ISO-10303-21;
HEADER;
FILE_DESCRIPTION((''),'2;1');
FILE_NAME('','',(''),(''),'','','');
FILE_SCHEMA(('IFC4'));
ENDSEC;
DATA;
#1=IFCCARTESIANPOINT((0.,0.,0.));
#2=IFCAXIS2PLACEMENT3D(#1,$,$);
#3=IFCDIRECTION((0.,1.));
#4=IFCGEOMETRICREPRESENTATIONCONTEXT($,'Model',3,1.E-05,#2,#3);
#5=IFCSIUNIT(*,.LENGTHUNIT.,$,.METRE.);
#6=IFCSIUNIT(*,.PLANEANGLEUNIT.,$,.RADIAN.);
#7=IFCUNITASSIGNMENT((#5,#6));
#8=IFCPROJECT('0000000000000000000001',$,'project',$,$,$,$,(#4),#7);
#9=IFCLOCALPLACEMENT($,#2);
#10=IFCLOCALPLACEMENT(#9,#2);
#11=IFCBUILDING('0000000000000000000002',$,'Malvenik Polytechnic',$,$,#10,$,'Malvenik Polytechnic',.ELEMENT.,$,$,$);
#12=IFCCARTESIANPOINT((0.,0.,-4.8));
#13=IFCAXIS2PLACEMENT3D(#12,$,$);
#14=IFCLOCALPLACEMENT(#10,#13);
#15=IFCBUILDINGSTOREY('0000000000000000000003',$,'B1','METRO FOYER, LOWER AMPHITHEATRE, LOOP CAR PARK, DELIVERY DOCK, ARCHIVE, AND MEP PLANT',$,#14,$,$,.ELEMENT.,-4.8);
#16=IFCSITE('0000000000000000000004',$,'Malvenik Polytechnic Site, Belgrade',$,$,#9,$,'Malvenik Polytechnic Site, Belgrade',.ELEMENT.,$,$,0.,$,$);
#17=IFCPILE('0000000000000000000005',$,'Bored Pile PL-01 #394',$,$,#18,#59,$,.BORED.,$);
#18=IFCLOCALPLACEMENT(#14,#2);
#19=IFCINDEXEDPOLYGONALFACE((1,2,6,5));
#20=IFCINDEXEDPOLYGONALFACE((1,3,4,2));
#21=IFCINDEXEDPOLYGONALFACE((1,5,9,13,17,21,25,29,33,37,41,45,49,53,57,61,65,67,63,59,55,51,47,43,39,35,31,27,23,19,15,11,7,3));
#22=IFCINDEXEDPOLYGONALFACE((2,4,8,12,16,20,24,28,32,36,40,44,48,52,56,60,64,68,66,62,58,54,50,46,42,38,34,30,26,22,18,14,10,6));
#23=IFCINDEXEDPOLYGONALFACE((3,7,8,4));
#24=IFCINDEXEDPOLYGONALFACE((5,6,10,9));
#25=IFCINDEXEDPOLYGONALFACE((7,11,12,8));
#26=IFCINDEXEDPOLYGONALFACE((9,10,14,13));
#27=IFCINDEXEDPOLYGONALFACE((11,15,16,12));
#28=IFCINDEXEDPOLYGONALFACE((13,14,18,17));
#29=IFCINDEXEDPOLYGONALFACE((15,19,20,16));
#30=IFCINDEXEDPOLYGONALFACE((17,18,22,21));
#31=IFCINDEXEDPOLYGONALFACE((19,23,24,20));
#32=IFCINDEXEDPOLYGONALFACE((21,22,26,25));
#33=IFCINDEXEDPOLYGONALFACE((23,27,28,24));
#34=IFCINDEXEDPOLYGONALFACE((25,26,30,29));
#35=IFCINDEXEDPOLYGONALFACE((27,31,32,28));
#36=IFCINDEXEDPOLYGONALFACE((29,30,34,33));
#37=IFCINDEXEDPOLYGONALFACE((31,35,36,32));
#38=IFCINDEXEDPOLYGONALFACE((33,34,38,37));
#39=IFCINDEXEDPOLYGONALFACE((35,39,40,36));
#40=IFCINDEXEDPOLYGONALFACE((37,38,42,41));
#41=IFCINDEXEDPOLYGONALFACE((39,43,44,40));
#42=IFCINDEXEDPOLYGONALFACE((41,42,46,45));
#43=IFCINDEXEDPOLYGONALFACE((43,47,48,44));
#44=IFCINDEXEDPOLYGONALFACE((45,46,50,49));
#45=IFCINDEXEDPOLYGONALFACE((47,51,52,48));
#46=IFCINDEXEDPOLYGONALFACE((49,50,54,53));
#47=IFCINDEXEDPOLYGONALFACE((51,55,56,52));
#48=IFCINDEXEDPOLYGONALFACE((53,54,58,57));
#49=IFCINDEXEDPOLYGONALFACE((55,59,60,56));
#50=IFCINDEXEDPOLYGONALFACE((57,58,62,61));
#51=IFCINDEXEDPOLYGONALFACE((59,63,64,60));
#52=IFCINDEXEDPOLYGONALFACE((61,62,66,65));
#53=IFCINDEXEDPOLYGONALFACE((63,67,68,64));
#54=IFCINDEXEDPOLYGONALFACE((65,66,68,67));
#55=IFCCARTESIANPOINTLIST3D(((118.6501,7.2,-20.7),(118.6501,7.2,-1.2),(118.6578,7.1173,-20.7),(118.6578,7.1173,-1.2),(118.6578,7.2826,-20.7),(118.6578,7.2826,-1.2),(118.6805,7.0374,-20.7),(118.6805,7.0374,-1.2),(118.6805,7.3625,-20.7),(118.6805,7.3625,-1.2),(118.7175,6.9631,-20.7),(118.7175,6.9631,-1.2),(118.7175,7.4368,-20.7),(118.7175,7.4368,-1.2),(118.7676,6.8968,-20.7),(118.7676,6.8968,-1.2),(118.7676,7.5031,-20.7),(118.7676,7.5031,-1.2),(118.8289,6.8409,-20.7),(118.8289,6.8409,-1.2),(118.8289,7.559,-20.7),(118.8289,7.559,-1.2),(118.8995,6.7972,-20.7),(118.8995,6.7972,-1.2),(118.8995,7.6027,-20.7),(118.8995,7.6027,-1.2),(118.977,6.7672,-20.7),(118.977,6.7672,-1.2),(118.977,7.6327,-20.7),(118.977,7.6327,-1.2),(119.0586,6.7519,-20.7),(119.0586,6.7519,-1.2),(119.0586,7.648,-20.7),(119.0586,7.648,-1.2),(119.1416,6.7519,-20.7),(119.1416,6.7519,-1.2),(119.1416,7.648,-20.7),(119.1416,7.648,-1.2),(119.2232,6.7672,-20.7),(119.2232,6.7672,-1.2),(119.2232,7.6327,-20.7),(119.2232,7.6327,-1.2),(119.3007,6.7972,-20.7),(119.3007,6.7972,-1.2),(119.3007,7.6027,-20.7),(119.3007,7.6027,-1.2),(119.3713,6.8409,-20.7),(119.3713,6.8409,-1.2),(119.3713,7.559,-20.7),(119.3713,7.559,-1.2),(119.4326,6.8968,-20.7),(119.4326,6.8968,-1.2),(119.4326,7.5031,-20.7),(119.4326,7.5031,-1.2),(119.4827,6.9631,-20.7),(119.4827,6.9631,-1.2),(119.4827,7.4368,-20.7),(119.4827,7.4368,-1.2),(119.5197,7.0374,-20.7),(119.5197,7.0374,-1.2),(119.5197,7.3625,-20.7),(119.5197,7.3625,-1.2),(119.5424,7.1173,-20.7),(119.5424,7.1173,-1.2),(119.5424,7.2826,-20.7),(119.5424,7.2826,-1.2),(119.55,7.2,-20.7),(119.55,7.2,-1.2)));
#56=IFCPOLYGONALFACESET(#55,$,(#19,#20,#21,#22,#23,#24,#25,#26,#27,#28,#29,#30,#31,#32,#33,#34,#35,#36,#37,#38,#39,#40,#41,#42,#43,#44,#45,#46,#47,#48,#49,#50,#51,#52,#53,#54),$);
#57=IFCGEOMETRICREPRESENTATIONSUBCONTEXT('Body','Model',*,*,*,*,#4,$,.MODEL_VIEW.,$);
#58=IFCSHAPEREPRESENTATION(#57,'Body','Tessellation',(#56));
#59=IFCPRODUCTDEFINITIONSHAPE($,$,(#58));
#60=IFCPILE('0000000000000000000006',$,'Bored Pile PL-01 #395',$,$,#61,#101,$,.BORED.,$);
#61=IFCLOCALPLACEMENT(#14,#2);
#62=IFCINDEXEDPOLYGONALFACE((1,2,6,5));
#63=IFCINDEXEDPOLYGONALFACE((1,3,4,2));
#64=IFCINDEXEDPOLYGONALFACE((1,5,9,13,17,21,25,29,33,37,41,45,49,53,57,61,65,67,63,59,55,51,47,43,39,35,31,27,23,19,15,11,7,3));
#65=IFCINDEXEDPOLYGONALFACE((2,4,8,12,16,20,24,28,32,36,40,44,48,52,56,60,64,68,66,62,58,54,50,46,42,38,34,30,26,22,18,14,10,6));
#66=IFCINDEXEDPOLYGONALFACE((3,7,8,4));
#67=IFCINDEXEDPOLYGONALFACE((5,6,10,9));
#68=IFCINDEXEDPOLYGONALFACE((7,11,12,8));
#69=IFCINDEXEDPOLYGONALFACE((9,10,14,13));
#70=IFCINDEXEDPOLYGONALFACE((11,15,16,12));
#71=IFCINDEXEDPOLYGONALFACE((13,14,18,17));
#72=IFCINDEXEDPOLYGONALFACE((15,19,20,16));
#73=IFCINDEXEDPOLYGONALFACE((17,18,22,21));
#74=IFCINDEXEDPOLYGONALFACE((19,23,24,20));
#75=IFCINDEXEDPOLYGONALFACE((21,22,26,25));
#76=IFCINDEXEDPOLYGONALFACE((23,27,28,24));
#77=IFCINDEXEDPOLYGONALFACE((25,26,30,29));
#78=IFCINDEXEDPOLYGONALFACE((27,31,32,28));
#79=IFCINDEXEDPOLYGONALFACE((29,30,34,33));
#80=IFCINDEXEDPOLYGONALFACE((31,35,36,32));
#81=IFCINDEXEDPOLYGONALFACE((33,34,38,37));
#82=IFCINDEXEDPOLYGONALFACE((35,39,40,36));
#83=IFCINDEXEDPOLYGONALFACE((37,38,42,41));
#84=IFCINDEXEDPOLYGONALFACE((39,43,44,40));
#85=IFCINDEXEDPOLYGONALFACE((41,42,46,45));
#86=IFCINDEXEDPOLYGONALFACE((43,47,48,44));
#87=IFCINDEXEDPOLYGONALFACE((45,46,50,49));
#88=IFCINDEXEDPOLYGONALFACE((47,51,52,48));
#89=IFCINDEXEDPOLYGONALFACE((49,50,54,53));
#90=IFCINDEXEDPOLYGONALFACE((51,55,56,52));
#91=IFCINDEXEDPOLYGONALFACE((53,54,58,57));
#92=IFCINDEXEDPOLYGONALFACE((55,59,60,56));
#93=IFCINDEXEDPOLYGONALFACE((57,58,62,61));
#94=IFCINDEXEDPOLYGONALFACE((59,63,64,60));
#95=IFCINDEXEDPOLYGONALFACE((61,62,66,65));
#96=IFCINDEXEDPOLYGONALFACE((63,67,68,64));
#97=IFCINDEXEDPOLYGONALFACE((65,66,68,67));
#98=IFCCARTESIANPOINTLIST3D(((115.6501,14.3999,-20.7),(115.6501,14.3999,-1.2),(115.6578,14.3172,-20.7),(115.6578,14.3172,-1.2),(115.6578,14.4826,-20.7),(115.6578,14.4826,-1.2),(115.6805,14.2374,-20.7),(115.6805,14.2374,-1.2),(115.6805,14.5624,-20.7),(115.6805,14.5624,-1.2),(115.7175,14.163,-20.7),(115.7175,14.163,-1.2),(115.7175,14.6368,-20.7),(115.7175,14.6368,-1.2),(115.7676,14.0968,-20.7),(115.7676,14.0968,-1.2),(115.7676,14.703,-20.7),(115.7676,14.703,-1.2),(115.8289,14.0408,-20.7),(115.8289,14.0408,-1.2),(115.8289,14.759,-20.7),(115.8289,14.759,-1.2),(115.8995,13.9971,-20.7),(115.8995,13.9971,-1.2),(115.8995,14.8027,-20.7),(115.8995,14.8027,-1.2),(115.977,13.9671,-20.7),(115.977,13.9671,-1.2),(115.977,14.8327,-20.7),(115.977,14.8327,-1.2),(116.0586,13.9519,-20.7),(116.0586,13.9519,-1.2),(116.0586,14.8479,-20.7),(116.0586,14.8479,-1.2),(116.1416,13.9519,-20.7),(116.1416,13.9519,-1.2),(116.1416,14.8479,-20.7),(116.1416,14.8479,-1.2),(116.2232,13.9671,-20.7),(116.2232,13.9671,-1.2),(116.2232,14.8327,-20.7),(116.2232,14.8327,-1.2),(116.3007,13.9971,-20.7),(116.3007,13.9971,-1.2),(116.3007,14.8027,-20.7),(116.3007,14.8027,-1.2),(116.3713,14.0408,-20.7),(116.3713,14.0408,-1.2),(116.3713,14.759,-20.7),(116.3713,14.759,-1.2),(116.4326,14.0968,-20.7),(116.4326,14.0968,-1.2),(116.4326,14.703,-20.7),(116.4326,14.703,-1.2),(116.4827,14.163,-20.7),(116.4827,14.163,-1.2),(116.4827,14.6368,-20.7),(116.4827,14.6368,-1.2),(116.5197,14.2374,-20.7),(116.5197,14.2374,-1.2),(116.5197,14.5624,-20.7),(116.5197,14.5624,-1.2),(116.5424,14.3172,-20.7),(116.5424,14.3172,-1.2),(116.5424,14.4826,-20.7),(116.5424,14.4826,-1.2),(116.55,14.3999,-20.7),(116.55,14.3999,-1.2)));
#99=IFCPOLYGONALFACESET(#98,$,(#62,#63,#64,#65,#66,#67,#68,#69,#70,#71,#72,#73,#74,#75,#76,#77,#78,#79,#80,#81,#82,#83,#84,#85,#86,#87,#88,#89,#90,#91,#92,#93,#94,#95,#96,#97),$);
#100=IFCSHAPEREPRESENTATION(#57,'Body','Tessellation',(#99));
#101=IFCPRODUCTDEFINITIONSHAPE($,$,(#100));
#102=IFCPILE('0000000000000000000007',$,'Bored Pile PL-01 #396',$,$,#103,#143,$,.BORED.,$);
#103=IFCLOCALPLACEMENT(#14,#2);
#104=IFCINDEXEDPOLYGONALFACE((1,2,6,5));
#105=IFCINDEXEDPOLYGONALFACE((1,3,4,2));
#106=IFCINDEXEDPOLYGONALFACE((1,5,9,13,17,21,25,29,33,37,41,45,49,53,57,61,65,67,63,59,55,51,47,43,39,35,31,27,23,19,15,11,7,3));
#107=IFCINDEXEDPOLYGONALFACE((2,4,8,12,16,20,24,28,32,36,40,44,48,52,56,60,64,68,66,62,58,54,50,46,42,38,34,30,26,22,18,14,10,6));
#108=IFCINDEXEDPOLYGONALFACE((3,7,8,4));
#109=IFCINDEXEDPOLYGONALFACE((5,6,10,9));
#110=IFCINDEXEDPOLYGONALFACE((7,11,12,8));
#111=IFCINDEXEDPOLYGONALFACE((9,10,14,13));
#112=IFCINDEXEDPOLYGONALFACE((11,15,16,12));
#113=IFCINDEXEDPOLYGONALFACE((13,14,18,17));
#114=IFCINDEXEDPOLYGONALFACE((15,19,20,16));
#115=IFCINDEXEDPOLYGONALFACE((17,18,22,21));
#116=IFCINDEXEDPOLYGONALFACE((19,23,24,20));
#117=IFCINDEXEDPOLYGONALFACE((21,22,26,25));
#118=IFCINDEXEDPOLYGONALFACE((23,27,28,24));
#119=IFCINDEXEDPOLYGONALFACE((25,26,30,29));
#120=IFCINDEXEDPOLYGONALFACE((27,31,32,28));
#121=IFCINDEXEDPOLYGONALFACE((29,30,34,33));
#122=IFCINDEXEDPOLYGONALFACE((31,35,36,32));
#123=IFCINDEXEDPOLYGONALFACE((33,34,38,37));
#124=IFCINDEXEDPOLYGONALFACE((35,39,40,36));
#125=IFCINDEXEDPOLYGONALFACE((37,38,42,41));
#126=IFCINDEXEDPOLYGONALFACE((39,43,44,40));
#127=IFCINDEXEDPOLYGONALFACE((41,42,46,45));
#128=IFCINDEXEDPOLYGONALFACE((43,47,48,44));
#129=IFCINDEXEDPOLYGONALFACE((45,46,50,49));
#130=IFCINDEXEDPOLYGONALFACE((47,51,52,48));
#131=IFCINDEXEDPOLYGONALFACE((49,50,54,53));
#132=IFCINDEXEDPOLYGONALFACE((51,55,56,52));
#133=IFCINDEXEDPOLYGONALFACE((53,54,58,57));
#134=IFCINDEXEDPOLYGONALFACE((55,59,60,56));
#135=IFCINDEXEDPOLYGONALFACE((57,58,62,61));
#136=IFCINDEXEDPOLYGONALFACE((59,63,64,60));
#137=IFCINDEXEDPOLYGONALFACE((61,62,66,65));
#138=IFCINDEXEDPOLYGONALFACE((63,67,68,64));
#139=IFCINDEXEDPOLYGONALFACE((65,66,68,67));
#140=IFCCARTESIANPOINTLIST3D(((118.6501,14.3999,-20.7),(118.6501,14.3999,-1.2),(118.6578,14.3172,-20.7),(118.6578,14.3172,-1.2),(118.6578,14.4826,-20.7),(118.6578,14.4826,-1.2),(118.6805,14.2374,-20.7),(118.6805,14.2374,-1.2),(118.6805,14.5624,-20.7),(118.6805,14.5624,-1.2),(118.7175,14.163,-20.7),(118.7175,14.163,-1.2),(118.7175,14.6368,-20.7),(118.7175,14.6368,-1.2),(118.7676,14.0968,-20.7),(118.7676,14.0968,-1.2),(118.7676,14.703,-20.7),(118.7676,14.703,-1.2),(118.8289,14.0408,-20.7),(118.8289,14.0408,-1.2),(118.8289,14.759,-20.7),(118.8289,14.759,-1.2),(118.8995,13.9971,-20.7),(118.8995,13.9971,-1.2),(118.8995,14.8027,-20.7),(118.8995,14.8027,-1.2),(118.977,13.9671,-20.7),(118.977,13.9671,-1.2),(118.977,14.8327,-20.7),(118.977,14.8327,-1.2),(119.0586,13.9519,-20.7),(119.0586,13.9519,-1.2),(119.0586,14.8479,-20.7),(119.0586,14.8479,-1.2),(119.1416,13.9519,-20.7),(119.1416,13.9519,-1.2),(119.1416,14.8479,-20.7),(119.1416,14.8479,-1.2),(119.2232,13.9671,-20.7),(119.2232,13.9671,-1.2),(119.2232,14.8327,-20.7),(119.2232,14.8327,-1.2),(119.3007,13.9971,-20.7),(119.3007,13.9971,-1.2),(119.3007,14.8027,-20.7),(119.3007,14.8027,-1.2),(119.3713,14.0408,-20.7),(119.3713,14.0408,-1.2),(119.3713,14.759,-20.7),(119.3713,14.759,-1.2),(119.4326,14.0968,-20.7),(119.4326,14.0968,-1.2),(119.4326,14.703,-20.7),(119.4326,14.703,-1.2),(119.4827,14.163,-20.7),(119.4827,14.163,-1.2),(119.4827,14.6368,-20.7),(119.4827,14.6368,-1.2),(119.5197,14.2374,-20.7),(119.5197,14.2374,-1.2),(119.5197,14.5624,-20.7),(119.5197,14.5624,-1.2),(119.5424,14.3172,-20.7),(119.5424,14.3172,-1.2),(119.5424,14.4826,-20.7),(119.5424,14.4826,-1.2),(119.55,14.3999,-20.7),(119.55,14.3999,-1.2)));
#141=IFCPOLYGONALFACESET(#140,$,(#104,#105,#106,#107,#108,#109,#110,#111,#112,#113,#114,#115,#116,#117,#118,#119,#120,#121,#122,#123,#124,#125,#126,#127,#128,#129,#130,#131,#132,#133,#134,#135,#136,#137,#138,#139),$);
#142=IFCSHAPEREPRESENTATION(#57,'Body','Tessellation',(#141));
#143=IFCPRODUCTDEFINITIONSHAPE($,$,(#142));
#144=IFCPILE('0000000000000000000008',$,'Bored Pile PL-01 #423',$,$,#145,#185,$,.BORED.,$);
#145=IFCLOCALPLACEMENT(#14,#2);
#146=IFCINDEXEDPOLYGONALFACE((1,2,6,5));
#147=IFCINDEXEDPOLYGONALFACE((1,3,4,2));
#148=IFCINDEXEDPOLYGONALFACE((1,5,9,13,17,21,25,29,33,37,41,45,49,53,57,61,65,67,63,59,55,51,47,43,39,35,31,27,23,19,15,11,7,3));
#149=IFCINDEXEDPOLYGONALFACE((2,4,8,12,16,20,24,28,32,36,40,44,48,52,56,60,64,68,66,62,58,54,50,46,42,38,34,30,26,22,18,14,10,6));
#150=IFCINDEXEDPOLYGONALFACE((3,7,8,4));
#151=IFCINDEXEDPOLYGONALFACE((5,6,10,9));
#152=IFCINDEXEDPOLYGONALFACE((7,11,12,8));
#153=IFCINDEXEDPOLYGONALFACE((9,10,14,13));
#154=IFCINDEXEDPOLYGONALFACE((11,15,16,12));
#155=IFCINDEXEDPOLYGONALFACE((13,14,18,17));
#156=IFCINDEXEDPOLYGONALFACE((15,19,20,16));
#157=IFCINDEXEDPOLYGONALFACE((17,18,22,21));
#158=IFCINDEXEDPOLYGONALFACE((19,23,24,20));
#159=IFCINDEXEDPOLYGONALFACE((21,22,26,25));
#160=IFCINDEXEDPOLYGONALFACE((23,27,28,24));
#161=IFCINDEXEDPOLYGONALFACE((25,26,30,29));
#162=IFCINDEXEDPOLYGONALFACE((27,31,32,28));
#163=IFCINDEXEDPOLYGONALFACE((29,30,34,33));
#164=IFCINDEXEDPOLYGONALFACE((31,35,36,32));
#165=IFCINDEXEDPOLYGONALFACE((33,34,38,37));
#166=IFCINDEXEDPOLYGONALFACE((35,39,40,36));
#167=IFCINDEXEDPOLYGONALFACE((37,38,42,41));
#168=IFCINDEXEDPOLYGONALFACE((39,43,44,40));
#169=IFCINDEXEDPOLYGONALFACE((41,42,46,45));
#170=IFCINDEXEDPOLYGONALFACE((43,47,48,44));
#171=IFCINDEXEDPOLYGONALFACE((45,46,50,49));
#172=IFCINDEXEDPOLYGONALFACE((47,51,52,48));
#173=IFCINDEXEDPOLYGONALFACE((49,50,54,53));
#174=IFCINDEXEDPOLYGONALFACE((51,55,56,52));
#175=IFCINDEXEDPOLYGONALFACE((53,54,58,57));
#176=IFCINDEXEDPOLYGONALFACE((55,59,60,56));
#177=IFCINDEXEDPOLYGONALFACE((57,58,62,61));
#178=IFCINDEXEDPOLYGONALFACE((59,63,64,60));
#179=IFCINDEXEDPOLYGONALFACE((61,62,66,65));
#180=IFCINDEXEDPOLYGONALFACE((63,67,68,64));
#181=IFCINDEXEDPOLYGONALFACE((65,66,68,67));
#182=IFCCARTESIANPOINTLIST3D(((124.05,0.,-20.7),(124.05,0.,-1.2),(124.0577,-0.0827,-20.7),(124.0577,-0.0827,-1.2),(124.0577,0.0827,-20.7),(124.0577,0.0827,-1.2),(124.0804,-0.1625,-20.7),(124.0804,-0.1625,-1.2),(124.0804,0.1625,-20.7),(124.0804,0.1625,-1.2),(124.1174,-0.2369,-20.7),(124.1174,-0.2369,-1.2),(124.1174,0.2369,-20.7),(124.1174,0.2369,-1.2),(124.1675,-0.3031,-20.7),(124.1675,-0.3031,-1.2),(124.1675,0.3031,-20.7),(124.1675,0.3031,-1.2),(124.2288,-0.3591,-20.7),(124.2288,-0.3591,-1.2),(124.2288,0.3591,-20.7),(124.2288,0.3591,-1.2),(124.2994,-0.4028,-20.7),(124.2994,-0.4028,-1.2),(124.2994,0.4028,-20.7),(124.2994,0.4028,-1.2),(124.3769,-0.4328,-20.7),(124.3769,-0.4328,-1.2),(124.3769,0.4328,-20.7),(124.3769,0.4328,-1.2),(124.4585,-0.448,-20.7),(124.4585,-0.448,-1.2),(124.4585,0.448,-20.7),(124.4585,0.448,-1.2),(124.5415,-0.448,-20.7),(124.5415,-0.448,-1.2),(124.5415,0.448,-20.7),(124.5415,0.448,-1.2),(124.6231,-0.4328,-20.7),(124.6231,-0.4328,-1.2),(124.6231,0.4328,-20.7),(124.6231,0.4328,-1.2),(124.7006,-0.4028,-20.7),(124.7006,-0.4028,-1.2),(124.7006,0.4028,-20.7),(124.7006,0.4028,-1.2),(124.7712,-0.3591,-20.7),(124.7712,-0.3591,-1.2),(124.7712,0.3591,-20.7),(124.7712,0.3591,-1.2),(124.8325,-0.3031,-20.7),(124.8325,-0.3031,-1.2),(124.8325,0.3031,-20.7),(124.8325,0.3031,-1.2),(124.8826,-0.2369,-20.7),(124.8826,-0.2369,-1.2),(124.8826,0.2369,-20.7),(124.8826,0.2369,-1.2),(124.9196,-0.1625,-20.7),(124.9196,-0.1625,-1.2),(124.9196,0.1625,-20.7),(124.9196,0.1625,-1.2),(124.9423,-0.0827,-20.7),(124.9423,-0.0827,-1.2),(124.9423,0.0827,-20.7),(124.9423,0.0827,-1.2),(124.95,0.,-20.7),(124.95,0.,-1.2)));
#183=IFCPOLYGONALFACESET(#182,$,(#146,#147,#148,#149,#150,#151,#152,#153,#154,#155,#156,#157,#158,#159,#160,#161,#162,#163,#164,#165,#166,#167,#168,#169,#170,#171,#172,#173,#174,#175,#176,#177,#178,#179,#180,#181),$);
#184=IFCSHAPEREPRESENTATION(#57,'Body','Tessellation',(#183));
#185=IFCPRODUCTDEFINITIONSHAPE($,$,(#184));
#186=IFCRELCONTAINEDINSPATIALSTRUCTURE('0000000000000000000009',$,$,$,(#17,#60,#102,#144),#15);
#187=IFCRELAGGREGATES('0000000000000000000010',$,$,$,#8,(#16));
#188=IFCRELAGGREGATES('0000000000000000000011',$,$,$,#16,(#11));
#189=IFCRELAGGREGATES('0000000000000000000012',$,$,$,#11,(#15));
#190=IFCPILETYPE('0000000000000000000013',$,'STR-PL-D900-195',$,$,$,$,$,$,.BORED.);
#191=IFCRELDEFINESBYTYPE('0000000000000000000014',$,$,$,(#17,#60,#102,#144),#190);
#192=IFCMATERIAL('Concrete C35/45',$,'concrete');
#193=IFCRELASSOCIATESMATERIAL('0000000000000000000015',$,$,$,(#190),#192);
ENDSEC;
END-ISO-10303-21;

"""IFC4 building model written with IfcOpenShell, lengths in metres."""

from ifc_helpers import new_model, si_unit, direction, frame, origin, origin_2d, place, context, subcontext, project, spatial, circle, extrude, material, material_profile, profile_set, type_object, element, save


model = new_model("IFC4")

# Units and contexts
model_context = context("Model", 3, precision=1e-05, world=origin(), true_north=direction((0.0, 1.0)))
body_context = subcontext(model_context, "Body", "Model", "MODEL_VIEW")
ifc_project = project(units=[si_unit("LENGTHUNIT", "METRE"), si_unit("PLANEANGLEUNIT", "RADIAN")], contexts=[model_context])

# Site, building, storey
site_placement = place(None, origin())
site = spatial("IfcSite", under=ifc_project, at=site_placement, Name="Malvenik Polytechnic Site, Belgrade", LongName="Malvenik Polytechnic Site, Belgrade", CompositionType="ELEMENT", RefElevation=0.0)
building_placement = place(site_placement, origin())
building = spatial("IfcBuilding", under=site, at=building_placement, Name="Malvenik Polytechnic", LongName="Malvenik Polytechnic", CompositionType="ELEMENT")
storey_placement = place(building_placement, frame((0.0, 0.0, -4.8)))
storey = spatial("IfcBuildingStorey", under=building, at=storey_placement, Name="B1", Description="METRO FOYER, LOWER AMPHITHEATRE, LOOP CAR PARK, DELIVERY DOCK, ARCHIVE, AND MEP PLANT", CompositionType="ELEMENT", Elevation=-4.8)

# Shared definitions
ifc_material_1 = material(Name="Concrete C35/45", Category="concrete")

# Piles
ifc_material_profile_1 = material_profile(ifc_material_1, circle(Radius=0.45, at=origin_2d()), Name="BORED PILE D900")
ifc_profile_set_1 = profile_set([ifc_material_profile_1], Name="Concrete C35/45")
pile_type = type_object("IfcPileType", Name="STR-PL-D900-195", PredefinedType="BORED", material=ifc_profile_set_1)
for number, where, z_axis, x_axis, name in (
    (1, (119.1001, 7.2, -1.2), (0.0, 0.0, -1.0), (1.0, 0.0, 0.0), "Bored Pile PL-01 #394"),
    (2, (116.1001, 14.3999, -1.2), (0.0, 0.0, -1.0), (1.0, 0.0, 0.0), "Bored Pile PL-01 #395"),
    (3, (119.1001, 14.3999, -1.2), (0.0, 0.0, -1.0), (1.0, 0.0, 0.0), "Bored Pile PL-01 #396"),
    (4, (124.5, 0.0, -1.2), (0.0, 0.0, -1.0), (1.0, 0.0, 0.0), "Bored Pile PL-01 #423"),
):
    element("IfcPile", number, at=place(storey_placement, frame(where, z_axis=z_axis, x_axis=x_axis)), inside=storey, type_object=pile_type, Name=name, PredefinedType="BORED", context=body_context, shape_type="SweptSolid", body=[
        extrude(circle(Radius=0.45, at=origin_2d()), origin(), (0.0, 0.0, 1.0), 19.5),
    ])

save(model, "model.ifc")
